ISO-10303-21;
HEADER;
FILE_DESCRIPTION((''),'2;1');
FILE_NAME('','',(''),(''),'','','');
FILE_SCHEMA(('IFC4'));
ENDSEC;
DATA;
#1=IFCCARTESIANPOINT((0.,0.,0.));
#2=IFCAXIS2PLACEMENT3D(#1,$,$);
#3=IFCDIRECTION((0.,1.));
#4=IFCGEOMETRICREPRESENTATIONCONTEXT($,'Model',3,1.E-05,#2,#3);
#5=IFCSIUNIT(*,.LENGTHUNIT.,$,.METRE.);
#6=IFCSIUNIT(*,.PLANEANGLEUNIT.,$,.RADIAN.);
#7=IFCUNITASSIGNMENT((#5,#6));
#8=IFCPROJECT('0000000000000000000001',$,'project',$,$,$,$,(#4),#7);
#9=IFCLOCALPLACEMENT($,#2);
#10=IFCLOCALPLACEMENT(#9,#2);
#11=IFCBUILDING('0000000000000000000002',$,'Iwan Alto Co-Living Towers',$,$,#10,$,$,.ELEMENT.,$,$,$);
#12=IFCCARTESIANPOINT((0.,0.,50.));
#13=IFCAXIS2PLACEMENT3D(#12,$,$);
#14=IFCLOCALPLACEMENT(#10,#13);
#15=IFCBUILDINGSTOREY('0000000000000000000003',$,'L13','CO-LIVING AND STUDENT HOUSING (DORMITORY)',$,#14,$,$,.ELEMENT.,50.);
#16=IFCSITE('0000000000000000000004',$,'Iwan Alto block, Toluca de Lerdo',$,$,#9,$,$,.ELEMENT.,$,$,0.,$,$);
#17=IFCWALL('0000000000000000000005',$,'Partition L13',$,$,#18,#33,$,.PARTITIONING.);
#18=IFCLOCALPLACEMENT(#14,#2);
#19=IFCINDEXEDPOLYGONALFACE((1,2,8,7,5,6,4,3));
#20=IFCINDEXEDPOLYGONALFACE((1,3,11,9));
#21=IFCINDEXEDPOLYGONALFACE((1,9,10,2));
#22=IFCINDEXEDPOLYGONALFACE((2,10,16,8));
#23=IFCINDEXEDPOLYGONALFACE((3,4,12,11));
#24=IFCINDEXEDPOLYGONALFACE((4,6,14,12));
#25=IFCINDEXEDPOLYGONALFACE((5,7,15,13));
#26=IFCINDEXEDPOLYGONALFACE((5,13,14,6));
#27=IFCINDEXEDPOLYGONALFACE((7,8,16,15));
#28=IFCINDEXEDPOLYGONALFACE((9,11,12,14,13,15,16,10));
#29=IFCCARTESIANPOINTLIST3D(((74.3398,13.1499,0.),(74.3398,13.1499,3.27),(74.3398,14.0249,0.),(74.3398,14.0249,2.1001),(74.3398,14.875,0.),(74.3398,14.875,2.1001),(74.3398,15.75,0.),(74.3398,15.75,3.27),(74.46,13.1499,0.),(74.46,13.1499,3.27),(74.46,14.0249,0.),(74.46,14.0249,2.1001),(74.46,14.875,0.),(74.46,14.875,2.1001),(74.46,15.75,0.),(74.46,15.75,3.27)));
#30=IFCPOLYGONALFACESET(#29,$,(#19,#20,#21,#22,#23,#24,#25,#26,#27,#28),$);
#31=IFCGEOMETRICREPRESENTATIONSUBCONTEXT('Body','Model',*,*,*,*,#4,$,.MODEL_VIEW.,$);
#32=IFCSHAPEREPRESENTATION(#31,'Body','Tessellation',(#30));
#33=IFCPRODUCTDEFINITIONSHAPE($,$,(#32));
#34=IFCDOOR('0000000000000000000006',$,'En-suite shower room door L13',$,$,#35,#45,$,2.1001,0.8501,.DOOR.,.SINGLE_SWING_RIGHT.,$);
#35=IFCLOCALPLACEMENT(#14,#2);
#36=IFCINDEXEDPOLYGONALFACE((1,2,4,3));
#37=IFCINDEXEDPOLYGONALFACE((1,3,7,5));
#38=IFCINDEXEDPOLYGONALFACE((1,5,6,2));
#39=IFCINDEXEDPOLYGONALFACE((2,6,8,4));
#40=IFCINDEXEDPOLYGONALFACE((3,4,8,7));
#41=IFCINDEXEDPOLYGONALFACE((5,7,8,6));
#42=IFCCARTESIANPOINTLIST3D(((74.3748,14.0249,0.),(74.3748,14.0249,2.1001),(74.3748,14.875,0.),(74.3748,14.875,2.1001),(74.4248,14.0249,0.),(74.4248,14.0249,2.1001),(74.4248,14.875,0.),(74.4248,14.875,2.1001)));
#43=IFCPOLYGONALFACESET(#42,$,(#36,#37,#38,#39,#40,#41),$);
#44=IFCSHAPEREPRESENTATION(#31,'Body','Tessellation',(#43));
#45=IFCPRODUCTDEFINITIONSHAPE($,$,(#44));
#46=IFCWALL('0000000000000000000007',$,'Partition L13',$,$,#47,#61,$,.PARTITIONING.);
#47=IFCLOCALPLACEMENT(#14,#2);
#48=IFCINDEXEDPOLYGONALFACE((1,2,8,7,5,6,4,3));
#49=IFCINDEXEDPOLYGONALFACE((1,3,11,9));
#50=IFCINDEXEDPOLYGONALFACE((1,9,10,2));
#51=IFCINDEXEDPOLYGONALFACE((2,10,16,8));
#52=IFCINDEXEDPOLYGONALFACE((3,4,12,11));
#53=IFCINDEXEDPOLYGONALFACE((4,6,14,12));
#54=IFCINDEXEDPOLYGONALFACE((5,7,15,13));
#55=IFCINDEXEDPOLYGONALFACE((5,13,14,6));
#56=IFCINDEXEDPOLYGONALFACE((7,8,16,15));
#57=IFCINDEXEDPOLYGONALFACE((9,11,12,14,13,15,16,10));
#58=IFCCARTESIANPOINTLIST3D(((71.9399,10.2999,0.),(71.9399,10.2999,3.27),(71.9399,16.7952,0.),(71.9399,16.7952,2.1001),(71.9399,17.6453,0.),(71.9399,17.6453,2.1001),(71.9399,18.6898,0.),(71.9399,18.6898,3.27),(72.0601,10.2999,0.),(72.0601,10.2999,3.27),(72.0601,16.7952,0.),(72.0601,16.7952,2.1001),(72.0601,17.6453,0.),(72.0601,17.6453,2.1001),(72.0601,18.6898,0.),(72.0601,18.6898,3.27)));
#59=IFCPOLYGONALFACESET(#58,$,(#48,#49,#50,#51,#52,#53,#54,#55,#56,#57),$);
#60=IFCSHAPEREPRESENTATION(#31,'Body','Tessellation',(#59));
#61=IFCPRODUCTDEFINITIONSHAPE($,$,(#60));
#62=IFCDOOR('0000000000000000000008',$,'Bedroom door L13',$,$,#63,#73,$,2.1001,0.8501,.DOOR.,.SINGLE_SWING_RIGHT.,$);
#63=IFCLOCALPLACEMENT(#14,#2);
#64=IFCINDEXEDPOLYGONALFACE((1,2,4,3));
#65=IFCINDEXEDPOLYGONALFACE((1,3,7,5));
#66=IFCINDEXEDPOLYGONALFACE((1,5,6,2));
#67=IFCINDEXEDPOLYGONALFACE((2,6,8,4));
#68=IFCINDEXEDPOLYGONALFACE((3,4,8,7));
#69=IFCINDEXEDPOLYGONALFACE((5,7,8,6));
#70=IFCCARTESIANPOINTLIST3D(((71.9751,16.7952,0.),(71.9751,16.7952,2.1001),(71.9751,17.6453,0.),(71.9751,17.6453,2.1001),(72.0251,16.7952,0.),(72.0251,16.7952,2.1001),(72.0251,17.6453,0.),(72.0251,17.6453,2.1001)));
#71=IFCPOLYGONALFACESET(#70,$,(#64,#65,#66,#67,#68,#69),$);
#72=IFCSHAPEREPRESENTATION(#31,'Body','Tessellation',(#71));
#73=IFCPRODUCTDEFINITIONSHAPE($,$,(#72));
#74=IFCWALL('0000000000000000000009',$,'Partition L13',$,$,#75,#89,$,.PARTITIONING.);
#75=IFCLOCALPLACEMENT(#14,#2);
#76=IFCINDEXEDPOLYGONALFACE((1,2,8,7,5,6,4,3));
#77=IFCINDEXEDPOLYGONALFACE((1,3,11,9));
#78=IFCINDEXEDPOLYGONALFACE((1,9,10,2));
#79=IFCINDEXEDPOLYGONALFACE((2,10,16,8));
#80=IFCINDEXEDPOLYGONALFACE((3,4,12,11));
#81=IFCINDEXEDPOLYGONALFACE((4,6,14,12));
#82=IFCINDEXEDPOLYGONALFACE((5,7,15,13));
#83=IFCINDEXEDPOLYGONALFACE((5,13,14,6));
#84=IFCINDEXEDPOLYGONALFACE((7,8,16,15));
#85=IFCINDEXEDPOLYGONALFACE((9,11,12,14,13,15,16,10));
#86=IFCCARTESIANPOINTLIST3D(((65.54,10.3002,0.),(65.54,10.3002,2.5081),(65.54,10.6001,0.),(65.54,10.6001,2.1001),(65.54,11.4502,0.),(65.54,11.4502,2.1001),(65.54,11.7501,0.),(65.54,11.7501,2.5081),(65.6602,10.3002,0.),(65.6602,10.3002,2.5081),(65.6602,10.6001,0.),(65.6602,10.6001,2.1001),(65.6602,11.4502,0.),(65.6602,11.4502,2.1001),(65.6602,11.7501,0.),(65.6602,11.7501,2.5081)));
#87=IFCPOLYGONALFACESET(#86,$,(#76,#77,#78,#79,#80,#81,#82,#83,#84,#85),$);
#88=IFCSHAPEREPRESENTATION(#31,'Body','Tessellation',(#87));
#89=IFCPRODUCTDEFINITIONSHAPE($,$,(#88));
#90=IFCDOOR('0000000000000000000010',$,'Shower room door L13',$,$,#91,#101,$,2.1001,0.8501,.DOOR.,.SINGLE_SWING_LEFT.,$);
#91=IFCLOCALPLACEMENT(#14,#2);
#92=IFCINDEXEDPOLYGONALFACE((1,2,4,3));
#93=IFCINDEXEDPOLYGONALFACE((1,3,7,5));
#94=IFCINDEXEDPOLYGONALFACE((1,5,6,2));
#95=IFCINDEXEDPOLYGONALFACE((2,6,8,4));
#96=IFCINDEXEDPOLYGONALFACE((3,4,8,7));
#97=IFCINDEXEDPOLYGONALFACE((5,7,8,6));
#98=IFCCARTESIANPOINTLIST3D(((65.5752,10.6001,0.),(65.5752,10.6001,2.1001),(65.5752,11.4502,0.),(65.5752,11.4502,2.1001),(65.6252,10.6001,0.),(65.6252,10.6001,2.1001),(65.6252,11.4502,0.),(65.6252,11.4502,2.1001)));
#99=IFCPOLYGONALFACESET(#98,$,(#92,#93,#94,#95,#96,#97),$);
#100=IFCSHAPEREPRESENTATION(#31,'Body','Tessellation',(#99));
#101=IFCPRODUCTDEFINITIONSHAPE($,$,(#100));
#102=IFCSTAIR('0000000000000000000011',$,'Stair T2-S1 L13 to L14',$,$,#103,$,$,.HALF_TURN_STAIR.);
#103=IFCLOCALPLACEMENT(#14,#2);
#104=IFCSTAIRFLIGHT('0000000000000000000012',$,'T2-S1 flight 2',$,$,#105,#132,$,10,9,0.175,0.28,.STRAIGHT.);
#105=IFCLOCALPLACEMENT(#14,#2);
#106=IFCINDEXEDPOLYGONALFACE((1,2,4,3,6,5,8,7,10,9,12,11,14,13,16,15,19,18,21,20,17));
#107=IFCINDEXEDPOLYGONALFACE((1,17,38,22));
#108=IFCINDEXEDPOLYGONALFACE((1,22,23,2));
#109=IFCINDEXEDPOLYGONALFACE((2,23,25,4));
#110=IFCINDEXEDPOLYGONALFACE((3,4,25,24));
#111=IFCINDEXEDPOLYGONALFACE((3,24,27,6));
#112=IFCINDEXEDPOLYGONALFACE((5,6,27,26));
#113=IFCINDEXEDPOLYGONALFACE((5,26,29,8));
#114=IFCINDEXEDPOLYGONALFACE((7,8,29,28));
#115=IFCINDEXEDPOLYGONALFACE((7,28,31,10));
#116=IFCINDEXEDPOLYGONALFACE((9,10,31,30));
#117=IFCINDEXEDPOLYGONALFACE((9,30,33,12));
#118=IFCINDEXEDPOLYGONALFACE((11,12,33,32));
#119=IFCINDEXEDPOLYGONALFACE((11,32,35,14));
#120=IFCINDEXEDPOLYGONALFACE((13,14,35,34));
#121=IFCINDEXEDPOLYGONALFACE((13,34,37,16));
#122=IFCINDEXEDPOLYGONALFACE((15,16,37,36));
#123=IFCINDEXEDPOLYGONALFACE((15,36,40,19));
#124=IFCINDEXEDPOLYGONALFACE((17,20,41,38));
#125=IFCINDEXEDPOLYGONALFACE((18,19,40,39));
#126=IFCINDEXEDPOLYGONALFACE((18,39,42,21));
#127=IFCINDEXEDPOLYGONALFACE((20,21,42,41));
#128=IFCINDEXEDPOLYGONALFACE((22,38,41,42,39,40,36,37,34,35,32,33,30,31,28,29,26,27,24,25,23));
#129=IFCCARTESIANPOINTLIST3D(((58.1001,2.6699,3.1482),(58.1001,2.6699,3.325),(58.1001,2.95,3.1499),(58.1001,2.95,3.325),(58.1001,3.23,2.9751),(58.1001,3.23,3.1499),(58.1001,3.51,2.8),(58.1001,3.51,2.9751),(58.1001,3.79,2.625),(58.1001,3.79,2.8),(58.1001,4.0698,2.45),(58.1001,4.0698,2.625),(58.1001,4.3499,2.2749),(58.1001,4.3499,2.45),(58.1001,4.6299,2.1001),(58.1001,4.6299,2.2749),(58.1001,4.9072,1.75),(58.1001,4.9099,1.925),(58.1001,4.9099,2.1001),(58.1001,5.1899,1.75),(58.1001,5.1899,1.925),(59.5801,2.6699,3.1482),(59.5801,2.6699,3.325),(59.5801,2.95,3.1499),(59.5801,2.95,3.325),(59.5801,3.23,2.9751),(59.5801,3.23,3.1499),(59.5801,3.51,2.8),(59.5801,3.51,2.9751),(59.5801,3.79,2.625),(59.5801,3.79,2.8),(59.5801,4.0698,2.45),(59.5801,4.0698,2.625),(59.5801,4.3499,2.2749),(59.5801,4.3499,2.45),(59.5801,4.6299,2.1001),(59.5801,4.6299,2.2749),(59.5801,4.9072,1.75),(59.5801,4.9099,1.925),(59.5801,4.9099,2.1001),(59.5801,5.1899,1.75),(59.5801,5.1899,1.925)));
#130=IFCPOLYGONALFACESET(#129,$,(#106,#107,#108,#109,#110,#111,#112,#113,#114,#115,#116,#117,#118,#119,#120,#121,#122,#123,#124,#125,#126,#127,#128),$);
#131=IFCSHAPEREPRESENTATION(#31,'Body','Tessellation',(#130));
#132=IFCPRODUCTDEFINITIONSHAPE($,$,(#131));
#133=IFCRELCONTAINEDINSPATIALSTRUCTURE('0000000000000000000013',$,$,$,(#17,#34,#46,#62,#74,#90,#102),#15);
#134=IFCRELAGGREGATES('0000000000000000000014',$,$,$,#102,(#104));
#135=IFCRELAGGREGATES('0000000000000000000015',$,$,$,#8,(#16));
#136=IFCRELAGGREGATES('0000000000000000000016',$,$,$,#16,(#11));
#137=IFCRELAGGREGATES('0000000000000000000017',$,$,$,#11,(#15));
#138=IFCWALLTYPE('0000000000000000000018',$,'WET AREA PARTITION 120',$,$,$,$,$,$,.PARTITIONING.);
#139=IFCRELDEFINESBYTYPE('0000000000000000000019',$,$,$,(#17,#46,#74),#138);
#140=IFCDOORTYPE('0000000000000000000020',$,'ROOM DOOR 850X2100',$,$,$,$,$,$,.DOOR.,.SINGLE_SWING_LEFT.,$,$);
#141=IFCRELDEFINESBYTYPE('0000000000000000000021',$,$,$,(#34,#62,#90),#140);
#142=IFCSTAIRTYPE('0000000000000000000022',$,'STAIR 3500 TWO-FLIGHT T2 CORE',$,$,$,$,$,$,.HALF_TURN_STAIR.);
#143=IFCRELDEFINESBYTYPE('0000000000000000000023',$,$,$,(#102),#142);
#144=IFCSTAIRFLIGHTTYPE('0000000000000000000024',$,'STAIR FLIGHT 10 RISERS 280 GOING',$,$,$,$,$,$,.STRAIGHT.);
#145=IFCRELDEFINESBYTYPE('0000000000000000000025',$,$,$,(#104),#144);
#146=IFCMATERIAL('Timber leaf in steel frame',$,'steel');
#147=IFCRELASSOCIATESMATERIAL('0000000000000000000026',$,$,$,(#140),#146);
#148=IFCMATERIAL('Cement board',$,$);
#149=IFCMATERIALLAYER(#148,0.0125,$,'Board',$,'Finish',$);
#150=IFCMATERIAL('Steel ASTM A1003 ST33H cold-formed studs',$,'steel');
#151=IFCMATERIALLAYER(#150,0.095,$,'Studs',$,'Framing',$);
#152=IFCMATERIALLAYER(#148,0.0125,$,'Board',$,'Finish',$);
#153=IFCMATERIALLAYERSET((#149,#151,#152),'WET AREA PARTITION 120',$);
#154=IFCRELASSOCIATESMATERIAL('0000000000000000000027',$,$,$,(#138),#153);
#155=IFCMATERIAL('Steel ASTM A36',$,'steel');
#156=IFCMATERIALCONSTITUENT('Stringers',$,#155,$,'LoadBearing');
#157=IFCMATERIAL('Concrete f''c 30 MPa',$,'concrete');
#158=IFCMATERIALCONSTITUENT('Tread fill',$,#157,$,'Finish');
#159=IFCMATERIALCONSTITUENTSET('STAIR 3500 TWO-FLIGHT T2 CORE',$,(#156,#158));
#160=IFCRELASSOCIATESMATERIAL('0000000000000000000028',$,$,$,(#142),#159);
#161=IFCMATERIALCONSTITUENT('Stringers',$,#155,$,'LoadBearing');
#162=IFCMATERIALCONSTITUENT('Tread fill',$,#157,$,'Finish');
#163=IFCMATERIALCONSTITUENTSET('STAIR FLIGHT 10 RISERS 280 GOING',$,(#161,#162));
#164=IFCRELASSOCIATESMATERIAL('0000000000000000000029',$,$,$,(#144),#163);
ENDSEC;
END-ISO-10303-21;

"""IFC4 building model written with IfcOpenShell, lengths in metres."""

from ifc_helpers import new_model, si_unit, direction, frame, frame_2d, origin, place, context, subcontext, project, spatial, polyline, rectangle, outline, extrude, material, layer, layer_set, constituent, constituent_set, type_object, element, fill, aggregate, save


model = new_model("IFC4")

# Units and contexts
model_context = context("Model", 3, precision=1e-05, world=origin(), true_north=direction((0.0, 1.0)))
body_context = subcontext(model_context, "Body", "Model", "MODEL_VIEW")
ifc_project = project(units=[si_unit("LENGTHUNIT", "METRE"), si_unit("PLANEANGLEUNIT", "RADIAN")], contexts=[model_context])

# Site, building, storey
site_placement = place(None, origin())
site = spatial("IfcSite", under=ifc_project, at=site_placement, Name="Iwan Alto block, Toluca de Lerdo", CompositionType="ELEMENT", RefElevation=0.0)
building_placement = place(site_placement, origin())
building = spatial("IfcBuilding", under=site, at=building_placement, Name="Iwan Alto Co-Living Towers", CompositionType="ELEMENT")
storey_placement = place(building_placement, frame((0.0, 0.0, 50.0)))
storey = spatial("IfcBuildingStorey", under=building, at=storey_placement, Name="L13", Description="CO-LIVING AND STUDENT HOUSING (DORMITORY)", CompositionType="ELEMENT", Elevation=50.0)

# Shared definitions
ifc_material_1 = material(Name="Steel ASTM A1003 ST33H cold-formed studs", Category="steel")
ifc_material_2 = material(Name="Timber leaf in steel frame", Category="steel")
door_type_1 = type_object("IfcDoorType", Name="ROOM DOOR 850X2100", OperationType="SINGLE_SWING_LEFT", PredefinedType="DOOR", material=ifc_material_2)

# Shared definitions
ifc_material_3 = material(Name="Cement board")
ifc_layer_1 = layer(ifc_material_3, 0.0125, Name="Board", Category="Finish")
ifc_layer_2 = layer(ifc_material_1, 0.095, Name="Studs", Category="Framing")
ifc_layer_3 = layer(ifc_material_3, 0.0125, Name="Board", Category="Finish")
ifc_layer_set_1 = layer_set([ifc_layer_1, ifc_layer_2, ifc_layer_3], Name="WET AREA PARTITION 120")
wall_type_1 = type_object("IfcWallType", Name="WET AREA PARTITION 120", PredefinedType="PARTITIONING", material=ifc_layer_set_1)

# Walls, openings, doors
wall_1_placement = place(storey_placement, frame((74.3999, 13.1499, 0.0), z_axis=(0.0, 0.0, 1.0), x_axis=(0.0, 1.0, 0.0)))
wall_1 = element("IfcWall", 1, at=wall_1_placement, inside=storey, type_object=wall_type_1, Name="Partition L13", PredefinedType="PARTITIONING", context=body_context, shape_type="SweptSolid", body=[
    extrude(rectangle(XDim=2.6001, YDim=0.1201, at=frame_2d((1.3, 0.0))), origin(), (0.0, 0.0, 1.0), 3.27),
])
opening_1_placement = place(wall_1_placement, frame((0.875, 0.0, 0.0)))
opening_1 = element("IfcOpeningElement", 2, at=opening_1_placement, cuts=wall_1, PredefinedType="OPENING", context=body_context, shape_type="SweptSolid", body=[
    extrude(rectangle(XDim=0.8501, YDim=2.1001, at=frame_2d((0.425, 1.05))), frame((0.0, 0.0701, 0.0), z_axis=(0.0, -1.0, 0.0), x_axis=(1.0, 0.0, 0.0)), (0.0, 0.0, 1.0), 0.1401),
])
door_1_placement = place(opening_1_placement, frame((0.8501, 0.0, 0.0), z_axis=(0.0, 0.0, 1.0), x_axis=(-1.0, 0.0, 0.0)))
door_1 = element("IfcDoor", 3, at=door_1_placement, inside=storey, type_object=door_type_1, Name="En-suite shower room door L13", OperationType="SINGLE_SWING_RIGHT", OverallHeight=2.1001, OverallWidth=0.8501, PredefinedType="DOOR", context=body_context, shape_type="SweptSolid", body=[
    extrude(rectangle(XDim=0.8501, YDim=2.1001, at=frame_2d((0.425, 1.05))), frame((0.0, 0.0249, 0.0), z_axis=(0.0, -1.0, 0.0), x_axis=(1.0, 0.0, 0.0)), (0.0, 0.0, 1.0), 0.05),
])
fill(opening_1, door_1)
wall_2_placement = place(storey_placement, frame((72.0, 10.3, 0.0), z_axis=(0.0, 0.0, 1.0), x_axis=(0.0, 1.0, 0.0)))
wall_2 = element("IfcWall", 4, at=wall_2_placement, inside=storey, type_object=wall_type_1, Name="Partition L13", PredefinedType="PARTITIONING", context=body_context, shape_type="SweptSolid", body=[
    extrude(rectangle(XDim=8.3899, YDim=0.1201, at=frame_2d((4.1948, 0.0))), origin(), (0.0, 0.0, 1.0), 3.27),
])
opening_2_placement = place(wall_2_placement, frame((6.4951, 0.0, 0.0)))
opening_2 = element("IfcOpeningElement", 5, at=opening_2_placement, cuts=wall_2, PredefinedType="OPENING", context=body_context, shape_type="SweptSolid", body=[
    extrude(rectangle(XDim=0.8501, YDim=2.1001, at=frame_2d((0.425, 1.05))), frame((0.0, 0.0701, 0.0), z_axis=(0.0, -1.0, 0.0), x_axis=(1.0, 0.0, 0.0)), (0.0, 0.0, 1.0), 0.1401),
])
door_2_placement = place(opening_2_placement, origin())
door_2 = element("IfcDoor", 6, at=door_2_placement, inside=storey, type_object=door_type_1, Name="Bedroom door L13", OperationType="SINGLE_SWING_RIGHT", OverallHeight=2.1001, OverallWidth=0.8501, PredefinedType="DOOR", context=body_context, shape_type="SweptSolid", body=[
    extrude(rectangle(XDim=0.8501, YDim=2.1001, at=frame_2d((0.425, 1.05))), frame((0.0, 0.0249, 0.0), z_axis=(0.0, -1.0, 0.0), x_axis=(1.0, 0.0, 0.0)), (0.0, 0.0, 1.0), 0.05),
])
fill(opening_2, door_2)
wall_3_placement = place(storey_placement, frame((65.6001, 10.3, 0.0), z_axis=(0.0, 0.0, 1.0), x_axis=(0.0, 1.0, 0.0)))
wall_3 = element("IfcWall", 7, at=wall_3_placement, inside=storey, type_object=wall_type_1, Name="Partition L13", PredefinedType="PARTITIONING", context=body_context, shape_type="SweptSolid", body=[
    extrude(rectangle(XDim=1.45, YDim=0.1201, at=frame_2d((0.7251, 0.0))), origin(), (0.0, 0.0, 1.0), 2.5081),
])
opening_3_placement = place(wall_3_placement, frame((0.3, 0.0, 0.0)))
opening_3 = element("IfcOpeningElement", 8, at=opening_3_placement, cuts=wall_3, PredefinedType="OPENING", context=body_context, shape_type="SweptSolid", body=[
    extrude(rectangle(XDim=0.8501, YDim=2.1001, at=frame_2d((0.425, 1.05))), frame((0.0, 0.0701, 0.0), z_axis=(0.0, -1.0, 0.0), x_axis=(1.0, 0.0, 0.0)), (0.0, 0.0, 1.0), 0.1401),
])
door_3_placement = place(opening_3_placement, origin())
door_3 = element("IfcDoor", 9, at=door_3_placement, inside=storey, type_object=door_type_1, Name="Shower room door L13", OperationType="SINGLE_SWING_LEFT", OverallHeight=2.1001, OverallWidth=0.8501, PredefinedType="DOOR", context=body_context, shape_type="SweptSolid", body=[
    extrude(rectangle(XDim=0.8501, YDim=2.1001, at=frame_2d((0.425, 1.05))), frame((0.0, 0.0249, 0.0), z_axis=(0.0, -1.0, 0.0), x_axis=(1.0, 0.0, 0.0)), (0.0, 0.0, 1.0), 0.05),
])
fill(opening_3, door_3)

# Stair, stair flight
ifc_material_4 = material(Name="Steel ASTM A36", Category="steel")
ifc_constituent_1 = constituent(ifc_material_4, Name="Stringers", Category="LoadBearing")
ifc_material_5 = material(Name="Concrete f'c 30 MPa", Category="concrete")
ifc_constituent_2 = constituent(ifc_material_5, Name="Tread fill", Category="Finish")
ifc_constituent_set_1 = constituent_set(constituents=[ifc_constituent_1, ifc_constituent_2], Name="STAIR 3500 TWO-FLIGHT T2 CORE")
stair_type = type_object("IfcStairType", Name="STAIR 3500 TWO-FLIGHT T2 CORE", PredefinedType="HALF_TURN_STAIR", material=ifc_constituent_set_1)
stair_placement = place(storey_placement, origin())
stair = element("IfcStair", 10, at=stair_placement, inside=storey, type_object=stair_type, Name="Stair T2-S1 L13 to L14", PredefinedType="HALF_TURN_STAIR")
ifc_constituent_3 = constituent(ifc_material_4, Name="Stringers", Category="LoadBearing")
ifc_constituent_4 = constituent(ifc_material_5, Name="Tread fill", Category="Finish")
ifc_constituent_set_2 = constituent_set(constituents=[ifc_constituent_3, ifc_constituent_4], Name="STAIR FLIGHT 10 RISERS 280 GOING")
stair_flight_type = type_object("IfcStairFlightType", Name="STAIR FLIGHT 10 RISERS 280 GOING", PredefinedType="STRAIGHT", material=ifc_constituent_set_2)
stair_flight_placement = place(storey_placement, frame((58.8401, 5.1899, 1.75), z_axis=(0.0, 0.0, 1.0), x_axis=(0.0, -1.0, 0.0)))
stair_flight = element("IfcStairFlight", 11, at=stair_flight_placement, type_object=stair_flight_type, Name="T2-S1 flight 2", NumberOfRisers=10, NumberOfTreads=9, PredefinedType="STRAIGHT", RiserHeight=0.175, TreadLength=0.28, context=body_context, shape_type="SweptSolid", body=[
    extrude(outline(polyline([(0.0, 0.0), (0.0, 0.175), (0.28, 0.175), (0.28, 0.3501), (0.5601, 0.3501), (0.5601, 0.5249), (0.8401, 0.5249), (0.8401, 0.7), (1.1201, 0.7), (1.1201, 0.875), (1.3999, 0.875), (1.3999, 1.05), (1.6799, 1.05), (1.6799, 1.2251), (1.96, 1.2251), (1.96, 1.3999), (2.24, 1.3999), (2.24, 1.575), (2.52, 1.575), (2.52, 1.75), (2.52, 1.3982), (0.2827, 0.0), (0.0, 0.0)])), frame((0.0, 0.74, 0.0), z_axis=(0.0, -1.0, 0.0), x_axis=(1.0, 0.0, 0.0)), (0.0, 0.0, 1.0), 1.48),
])
aggregate(stair, [stair_flight])

save(model, "model.ifc")
